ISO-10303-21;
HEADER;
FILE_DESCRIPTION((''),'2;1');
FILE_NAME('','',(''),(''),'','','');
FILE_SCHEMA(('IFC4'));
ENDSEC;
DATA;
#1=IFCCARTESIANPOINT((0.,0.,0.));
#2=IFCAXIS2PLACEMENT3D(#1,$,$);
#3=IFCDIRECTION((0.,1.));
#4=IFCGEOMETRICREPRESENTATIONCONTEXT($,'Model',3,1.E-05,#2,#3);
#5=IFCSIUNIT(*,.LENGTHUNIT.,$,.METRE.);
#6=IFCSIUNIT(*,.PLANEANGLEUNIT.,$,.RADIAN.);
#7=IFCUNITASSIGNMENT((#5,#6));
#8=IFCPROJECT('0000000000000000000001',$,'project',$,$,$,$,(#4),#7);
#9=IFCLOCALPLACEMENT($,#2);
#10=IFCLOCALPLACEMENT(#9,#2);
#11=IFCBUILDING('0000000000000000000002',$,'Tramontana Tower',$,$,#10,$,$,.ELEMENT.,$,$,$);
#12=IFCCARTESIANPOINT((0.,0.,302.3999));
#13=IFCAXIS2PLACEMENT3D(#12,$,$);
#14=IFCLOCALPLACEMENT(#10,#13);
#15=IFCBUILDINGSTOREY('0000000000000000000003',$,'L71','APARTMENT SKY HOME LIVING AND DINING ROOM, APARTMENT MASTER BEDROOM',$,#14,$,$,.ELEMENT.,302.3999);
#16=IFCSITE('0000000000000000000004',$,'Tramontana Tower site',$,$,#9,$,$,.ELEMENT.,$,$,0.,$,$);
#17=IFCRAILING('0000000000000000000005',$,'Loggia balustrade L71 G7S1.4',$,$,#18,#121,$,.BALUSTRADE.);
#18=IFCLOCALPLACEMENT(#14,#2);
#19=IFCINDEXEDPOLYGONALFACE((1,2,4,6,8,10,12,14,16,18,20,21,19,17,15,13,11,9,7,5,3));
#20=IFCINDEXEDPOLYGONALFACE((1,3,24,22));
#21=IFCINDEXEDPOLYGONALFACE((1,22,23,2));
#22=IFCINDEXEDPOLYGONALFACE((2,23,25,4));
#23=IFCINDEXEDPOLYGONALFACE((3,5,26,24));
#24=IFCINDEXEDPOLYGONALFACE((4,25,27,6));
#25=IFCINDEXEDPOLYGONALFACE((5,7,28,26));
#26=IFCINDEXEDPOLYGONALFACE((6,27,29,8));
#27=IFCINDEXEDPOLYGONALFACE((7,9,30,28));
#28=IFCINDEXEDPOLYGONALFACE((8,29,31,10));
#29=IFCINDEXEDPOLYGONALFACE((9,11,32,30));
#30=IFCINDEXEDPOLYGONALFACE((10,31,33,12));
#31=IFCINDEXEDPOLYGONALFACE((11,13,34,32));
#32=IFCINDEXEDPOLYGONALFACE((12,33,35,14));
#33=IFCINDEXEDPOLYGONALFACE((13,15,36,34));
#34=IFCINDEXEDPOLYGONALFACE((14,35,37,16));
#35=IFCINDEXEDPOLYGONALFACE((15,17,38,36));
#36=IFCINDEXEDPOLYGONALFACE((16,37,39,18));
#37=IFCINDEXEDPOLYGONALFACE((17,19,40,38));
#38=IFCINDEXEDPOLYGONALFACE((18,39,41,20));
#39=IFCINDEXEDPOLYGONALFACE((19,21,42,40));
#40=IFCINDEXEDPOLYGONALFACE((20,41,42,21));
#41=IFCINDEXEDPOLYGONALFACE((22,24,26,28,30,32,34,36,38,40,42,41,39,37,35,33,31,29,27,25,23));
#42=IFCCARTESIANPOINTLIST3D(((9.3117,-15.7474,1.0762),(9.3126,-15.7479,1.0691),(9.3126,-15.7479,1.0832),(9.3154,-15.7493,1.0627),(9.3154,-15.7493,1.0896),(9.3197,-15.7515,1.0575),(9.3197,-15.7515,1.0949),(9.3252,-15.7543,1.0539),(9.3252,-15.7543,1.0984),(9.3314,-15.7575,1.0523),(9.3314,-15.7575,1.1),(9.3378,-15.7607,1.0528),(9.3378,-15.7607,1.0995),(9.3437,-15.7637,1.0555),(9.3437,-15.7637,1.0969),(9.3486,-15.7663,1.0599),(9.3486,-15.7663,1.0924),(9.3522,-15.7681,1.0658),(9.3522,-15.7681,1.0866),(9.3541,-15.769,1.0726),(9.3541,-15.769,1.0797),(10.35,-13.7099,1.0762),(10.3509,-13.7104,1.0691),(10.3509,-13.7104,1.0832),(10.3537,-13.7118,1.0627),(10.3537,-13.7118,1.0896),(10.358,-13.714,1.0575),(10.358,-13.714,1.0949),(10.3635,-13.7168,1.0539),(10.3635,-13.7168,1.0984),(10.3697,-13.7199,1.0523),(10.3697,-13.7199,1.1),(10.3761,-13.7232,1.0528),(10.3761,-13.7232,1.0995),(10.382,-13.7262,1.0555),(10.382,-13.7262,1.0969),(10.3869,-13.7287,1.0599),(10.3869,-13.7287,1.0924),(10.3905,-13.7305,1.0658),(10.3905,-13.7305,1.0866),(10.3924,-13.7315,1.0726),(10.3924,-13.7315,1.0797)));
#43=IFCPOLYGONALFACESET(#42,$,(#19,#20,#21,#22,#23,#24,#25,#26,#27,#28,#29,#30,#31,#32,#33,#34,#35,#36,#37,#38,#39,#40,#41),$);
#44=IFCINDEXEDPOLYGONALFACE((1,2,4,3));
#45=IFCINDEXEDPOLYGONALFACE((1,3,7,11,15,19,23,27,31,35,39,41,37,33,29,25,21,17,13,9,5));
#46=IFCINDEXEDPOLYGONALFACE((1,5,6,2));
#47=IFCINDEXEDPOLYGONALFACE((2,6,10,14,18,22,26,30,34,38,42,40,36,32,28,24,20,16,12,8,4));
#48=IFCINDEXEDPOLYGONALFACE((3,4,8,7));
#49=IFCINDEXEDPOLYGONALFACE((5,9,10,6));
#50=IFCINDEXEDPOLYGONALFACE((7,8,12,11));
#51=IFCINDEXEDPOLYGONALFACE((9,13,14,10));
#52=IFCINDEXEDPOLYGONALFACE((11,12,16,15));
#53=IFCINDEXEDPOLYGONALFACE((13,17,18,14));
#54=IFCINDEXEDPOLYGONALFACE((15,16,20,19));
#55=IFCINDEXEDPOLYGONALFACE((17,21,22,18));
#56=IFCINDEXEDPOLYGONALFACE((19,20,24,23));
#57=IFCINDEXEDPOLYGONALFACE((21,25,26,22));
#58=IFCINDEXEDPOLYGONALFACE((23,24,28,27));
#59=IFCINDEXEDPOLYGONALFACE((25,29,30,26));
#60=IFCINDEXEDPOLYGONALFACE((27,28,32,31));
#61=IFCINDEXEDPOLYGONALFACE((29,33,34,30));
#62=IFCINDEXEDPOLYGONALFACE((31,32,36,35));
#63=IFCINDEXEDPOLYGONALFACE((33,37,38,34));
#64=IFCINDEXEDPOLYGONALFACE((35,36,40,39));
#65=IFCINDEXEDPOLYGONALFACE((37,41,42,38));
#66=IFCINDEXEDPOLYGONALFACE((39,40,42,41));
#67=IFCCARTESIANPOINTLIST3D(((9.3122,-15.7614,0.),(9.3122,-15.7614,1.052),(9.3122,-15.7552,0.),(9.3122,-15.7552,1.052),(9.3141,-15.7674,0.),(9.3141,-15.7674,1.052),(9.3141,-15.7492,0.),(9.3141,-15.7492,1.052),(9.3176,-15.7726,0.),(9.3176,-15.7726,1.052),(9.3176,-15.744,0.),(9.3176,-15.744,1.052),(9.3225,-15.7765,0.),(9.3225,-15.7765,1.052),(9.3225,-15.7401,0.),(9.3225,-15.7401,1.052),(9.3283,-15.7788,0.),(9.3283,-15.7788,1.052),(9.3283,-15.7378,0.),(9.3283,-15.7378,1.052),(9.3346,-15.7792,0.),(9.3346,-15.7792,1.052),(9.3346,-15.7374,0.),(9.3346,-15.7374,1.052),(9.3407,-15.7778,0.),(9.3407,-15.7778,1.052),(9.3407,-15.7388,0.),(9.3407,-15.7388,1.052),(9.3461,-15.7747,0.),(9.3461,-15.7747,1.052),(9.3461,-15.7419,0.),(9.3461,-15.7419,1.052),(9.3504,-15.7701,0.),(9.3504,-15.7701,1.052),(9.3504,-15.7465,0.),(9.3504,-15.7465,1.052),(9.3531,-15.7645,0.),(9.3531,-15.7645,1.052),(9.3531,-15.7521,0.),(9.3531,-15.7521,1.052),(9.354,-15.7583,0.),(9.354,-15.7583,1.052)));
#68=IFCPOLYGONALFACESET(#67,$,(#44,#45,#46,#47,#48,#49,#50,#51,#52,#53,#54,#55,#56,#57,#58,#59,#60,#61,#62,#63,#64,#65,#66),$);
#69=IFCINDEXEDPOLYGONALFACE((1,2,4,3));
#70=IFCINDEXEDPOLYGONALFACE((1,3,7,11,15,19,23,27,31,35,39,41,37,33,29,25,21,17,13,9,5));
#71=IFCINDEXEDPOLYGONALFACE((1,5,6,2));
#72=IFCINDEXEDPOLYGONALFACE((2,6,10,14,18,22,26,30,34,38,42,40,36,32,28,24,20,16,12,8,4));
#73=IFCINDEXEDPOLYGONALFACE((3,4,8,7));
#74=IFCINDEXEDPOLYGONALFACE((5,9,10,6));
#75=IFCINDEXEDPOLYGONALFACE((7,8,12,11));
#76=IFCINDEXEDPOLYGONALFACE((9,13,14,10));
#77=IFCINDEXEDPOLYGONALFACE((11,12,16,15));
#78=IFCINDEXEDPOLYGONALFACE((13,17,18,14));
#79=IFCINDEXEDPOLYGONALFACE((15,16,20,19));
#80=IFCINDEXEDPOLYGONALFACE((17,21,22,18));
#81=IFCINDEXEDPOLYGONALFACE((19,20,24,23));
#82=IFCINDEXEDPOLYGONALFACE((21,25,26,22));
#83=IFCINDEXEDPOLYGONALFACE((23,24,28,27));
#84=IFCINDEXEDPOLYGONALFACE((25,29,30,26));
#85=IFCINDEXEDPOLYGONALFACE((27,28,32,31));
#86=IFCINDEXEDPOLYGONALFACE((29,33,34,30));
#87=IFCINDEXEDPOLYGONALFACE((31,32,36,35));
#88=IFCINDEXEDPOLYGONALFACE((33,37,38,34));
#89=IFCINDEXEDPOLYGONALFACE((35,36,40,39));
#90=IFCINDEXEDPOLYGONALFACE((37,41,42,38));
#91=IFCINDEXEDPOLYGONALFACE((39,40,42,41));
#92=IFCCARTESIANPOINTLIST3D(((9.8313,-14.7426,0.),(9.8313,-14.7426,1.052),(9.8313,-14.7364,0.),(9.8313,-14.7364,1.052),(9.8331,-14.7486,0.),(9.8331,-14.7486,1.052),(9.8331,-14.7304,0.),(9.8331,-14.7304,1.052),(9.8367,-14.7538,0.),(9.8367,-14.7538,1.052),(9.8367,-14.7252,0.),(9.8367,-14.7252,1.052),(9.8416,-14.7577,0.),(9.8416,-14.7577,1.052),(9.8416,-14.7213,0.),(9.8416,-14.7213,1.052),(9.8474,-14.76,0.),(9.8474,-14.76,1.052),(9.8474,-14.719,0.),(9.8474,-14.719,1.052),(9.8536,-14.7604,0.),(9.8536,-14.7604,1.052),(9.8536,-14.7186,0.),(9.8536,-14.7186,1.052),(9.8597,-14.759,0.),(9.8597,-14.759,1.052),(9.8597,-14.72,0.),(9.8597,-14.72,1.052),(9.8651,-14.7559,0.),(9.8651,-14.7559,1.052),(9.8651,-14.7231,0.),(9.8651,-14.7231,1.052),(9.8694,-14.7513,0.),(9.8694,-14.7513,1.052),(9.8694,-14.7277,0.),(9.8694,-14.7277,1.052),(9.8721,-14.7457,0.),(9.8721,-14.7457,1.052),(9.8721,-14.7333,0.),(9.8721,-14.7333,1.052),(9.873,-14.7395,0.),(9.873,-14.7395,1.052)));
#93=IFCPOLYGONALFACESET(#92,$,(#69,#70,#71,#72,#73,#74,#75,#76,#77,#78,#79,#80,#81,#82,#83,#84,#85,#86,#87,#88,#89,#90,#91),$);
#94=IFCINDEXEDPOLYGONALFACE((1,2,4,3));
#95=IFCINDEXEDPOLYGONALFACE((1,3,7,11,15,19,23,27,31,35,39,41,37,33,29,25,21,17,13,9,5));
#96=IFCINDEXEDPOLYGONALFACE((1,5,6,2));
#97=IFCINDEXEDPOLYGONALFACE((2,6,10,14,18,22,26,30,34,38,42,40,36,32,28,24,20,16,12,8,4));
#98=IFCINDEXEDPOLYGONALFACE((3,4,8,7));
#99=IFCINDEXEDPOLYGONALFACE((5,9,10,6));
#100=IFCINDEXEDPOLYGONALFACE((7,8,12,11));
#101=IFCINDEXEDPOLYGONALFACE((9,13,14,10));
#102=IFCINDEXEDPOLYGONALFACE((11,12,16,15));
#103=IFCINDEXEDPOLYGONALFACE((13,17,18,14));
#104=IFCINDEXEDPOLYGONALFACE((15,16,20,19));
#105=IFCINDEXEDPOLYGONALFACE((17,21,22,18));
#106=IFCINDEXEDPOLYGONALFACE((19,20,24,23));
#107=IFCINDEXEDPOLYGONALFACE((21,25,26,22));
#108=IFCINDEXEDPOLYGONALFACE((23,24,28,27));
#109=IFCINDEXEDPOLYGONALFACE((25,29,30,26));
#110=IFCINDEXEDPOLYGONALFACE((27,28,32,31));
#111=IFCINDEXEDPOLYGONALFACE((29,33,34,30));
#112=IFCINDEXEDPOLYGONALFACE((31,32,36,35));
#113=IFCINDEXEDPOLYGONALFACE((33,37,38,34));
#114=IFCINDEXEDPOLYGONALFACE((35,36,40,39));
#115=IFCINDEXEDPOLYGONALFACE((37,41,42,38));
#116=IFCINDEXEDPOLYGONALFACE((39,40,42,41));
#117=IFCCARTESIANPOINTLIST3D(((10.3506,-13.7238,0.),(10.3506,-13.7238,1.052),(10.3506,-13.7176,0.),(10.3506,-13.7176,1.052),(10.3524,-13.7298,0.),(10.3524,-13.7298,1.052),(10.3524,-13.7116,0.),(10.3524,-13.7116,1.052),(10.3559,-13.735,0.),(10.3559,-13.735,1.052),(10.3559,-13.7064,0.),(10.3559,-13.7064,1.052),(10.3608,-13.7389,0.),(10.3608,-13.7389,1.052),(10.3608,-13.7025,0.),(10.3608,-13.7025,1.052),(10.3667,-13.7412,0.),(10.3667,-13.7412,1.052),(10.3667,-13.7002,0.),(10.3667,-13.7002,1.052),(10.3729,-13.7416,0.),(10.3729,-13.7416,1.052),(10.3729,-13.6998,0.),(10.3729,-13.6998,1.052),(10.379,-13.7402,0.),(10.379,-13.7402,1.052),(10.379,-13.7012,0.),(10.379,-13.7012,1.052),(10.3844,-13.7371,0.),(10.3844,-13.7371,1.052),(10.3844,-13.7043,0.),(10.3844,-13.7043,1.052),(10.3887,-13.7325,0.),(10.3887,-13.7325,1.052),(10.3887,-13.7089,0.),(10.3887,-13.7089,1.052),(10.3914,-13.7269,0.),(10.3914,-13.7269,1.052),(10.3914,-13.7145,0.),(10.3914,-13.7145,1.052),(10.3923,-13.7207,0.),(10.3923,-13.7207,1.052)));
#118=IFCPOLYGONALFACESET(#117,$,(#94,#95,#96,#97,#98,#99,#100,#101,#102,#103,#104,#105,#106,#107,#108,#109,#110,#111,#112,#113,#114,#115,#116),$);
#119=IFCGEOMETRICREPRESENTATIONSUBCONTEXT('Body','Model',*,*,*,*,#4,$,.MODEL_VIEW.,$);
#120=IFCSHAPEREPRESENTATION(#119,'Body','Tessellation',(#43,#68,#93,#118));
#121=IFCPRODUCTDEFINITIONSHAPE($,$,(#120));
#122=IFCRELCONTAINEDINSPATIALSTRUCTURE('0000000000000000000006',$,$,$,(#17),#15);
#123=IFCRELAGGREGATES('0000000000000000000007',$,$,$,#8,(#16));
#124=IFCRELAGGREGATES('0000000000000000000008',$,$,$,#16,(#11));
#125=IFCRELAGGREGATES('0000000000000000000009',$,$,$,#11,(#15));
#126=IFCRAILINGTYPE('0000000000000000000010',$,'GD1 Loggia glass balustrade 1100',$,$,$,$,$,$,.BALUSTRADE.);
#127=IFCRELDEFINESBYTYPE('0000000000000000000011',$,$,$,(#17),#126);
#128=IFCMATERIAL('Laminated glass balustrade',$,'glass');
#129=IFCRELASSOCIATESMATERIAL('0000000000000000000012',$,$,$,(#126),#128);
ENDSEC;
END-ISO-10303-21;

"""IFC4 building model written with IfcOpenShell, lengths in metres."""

from ifc_helpers import new_model, si_unit, direction, frame, origin, origin_2d, place, context, subcontext, project, spatial, circle, extrude, material, type_object, element, save


model = new_model("IFC4")

# Units and contexts
model_context = context("Model", 3, precision=1e-05, world=origin(), true_north=direction((0.0, 1.0)))
body_context = subcontext(model_context, "Body", "Model", "MODEL_VIEW")
ifc_project = project(units=[si_unit("LENGTHUNIT", "METRE"), si_unit("PLANEANGLEUNIT", "RADIAN")], contexts=[model_context])

# Site, building, storey
site_placement = place(None, origin())
site = spatial("IfcSite", under=ifc_project, at=site_placement, Name="Tramontana Tower site", CompositionType="ELEMENT", RefElevation=0.0)
building_placement = place(site_placement, origin())
building = spatial("IfcBuilding", under=site, at=building_placement, Name="Tramontana Tower", CompositionType="ELEMENT")
storey_placement = place(building_placement, frame((0.0, 0.0, 302.3999)))
storey = spatial("IfcBuildingStorey", under=building, at=storey_placement, Name="L71", Description="APARTMENT SKY HOME LIVING AND DINING ROOM, APARTMENT MASTER BEDROOM", CompositionType="ELEMENT", Elevation=302.3999)

# Railing
ifc_material_1 = material(Name="Laminated glass balustrade", Category="glass")
railing_type = type_object("IfcRailingType", Name="GD1 Loggia glass balustrade 1100", PredefinedType="BALUSTRADE", material=ifc_material_1)
railing_1_placement = place(storey_placement, frame((9.333, -15.7583, 0.0)))
element("IfcRailing", 1, at=railing_1_placement, inside=storey, type_object=railing_type, Name="Loggia balustrade L71 G7S1.4", PredefinedType="BALUSTRADE", context=body_context, shape_type="SweptSolid", body=[
    extrude(circle(Radius=0.0239, at=origin_2d()), frame((0.0, 0.0, 1.0762), z_axis=(0.454033, 0.890985, 0.0), x_axis=(-0.890985, 0.454033, 0.0)), (0.0, 0.0, 1.0), 2.2869),
    extrude(circle(Radius=0.021, at=origin_2d()), origin(), (0.0, 0.0, 1.0), 1.052),
    extrude(circle(Radius=0.021, at=origin_2d()), frame((0.519, 1.0188, 0.0)), (0.0, 0.0, 1.0), 1.052),
    extrude(circle(Radius=0.021, at=origin_2d()), frame((1.0383, 2.0376, 0.0)), (0.0, 0.0, 1.0), 1.052),
])

save(model, "model.ifc")
